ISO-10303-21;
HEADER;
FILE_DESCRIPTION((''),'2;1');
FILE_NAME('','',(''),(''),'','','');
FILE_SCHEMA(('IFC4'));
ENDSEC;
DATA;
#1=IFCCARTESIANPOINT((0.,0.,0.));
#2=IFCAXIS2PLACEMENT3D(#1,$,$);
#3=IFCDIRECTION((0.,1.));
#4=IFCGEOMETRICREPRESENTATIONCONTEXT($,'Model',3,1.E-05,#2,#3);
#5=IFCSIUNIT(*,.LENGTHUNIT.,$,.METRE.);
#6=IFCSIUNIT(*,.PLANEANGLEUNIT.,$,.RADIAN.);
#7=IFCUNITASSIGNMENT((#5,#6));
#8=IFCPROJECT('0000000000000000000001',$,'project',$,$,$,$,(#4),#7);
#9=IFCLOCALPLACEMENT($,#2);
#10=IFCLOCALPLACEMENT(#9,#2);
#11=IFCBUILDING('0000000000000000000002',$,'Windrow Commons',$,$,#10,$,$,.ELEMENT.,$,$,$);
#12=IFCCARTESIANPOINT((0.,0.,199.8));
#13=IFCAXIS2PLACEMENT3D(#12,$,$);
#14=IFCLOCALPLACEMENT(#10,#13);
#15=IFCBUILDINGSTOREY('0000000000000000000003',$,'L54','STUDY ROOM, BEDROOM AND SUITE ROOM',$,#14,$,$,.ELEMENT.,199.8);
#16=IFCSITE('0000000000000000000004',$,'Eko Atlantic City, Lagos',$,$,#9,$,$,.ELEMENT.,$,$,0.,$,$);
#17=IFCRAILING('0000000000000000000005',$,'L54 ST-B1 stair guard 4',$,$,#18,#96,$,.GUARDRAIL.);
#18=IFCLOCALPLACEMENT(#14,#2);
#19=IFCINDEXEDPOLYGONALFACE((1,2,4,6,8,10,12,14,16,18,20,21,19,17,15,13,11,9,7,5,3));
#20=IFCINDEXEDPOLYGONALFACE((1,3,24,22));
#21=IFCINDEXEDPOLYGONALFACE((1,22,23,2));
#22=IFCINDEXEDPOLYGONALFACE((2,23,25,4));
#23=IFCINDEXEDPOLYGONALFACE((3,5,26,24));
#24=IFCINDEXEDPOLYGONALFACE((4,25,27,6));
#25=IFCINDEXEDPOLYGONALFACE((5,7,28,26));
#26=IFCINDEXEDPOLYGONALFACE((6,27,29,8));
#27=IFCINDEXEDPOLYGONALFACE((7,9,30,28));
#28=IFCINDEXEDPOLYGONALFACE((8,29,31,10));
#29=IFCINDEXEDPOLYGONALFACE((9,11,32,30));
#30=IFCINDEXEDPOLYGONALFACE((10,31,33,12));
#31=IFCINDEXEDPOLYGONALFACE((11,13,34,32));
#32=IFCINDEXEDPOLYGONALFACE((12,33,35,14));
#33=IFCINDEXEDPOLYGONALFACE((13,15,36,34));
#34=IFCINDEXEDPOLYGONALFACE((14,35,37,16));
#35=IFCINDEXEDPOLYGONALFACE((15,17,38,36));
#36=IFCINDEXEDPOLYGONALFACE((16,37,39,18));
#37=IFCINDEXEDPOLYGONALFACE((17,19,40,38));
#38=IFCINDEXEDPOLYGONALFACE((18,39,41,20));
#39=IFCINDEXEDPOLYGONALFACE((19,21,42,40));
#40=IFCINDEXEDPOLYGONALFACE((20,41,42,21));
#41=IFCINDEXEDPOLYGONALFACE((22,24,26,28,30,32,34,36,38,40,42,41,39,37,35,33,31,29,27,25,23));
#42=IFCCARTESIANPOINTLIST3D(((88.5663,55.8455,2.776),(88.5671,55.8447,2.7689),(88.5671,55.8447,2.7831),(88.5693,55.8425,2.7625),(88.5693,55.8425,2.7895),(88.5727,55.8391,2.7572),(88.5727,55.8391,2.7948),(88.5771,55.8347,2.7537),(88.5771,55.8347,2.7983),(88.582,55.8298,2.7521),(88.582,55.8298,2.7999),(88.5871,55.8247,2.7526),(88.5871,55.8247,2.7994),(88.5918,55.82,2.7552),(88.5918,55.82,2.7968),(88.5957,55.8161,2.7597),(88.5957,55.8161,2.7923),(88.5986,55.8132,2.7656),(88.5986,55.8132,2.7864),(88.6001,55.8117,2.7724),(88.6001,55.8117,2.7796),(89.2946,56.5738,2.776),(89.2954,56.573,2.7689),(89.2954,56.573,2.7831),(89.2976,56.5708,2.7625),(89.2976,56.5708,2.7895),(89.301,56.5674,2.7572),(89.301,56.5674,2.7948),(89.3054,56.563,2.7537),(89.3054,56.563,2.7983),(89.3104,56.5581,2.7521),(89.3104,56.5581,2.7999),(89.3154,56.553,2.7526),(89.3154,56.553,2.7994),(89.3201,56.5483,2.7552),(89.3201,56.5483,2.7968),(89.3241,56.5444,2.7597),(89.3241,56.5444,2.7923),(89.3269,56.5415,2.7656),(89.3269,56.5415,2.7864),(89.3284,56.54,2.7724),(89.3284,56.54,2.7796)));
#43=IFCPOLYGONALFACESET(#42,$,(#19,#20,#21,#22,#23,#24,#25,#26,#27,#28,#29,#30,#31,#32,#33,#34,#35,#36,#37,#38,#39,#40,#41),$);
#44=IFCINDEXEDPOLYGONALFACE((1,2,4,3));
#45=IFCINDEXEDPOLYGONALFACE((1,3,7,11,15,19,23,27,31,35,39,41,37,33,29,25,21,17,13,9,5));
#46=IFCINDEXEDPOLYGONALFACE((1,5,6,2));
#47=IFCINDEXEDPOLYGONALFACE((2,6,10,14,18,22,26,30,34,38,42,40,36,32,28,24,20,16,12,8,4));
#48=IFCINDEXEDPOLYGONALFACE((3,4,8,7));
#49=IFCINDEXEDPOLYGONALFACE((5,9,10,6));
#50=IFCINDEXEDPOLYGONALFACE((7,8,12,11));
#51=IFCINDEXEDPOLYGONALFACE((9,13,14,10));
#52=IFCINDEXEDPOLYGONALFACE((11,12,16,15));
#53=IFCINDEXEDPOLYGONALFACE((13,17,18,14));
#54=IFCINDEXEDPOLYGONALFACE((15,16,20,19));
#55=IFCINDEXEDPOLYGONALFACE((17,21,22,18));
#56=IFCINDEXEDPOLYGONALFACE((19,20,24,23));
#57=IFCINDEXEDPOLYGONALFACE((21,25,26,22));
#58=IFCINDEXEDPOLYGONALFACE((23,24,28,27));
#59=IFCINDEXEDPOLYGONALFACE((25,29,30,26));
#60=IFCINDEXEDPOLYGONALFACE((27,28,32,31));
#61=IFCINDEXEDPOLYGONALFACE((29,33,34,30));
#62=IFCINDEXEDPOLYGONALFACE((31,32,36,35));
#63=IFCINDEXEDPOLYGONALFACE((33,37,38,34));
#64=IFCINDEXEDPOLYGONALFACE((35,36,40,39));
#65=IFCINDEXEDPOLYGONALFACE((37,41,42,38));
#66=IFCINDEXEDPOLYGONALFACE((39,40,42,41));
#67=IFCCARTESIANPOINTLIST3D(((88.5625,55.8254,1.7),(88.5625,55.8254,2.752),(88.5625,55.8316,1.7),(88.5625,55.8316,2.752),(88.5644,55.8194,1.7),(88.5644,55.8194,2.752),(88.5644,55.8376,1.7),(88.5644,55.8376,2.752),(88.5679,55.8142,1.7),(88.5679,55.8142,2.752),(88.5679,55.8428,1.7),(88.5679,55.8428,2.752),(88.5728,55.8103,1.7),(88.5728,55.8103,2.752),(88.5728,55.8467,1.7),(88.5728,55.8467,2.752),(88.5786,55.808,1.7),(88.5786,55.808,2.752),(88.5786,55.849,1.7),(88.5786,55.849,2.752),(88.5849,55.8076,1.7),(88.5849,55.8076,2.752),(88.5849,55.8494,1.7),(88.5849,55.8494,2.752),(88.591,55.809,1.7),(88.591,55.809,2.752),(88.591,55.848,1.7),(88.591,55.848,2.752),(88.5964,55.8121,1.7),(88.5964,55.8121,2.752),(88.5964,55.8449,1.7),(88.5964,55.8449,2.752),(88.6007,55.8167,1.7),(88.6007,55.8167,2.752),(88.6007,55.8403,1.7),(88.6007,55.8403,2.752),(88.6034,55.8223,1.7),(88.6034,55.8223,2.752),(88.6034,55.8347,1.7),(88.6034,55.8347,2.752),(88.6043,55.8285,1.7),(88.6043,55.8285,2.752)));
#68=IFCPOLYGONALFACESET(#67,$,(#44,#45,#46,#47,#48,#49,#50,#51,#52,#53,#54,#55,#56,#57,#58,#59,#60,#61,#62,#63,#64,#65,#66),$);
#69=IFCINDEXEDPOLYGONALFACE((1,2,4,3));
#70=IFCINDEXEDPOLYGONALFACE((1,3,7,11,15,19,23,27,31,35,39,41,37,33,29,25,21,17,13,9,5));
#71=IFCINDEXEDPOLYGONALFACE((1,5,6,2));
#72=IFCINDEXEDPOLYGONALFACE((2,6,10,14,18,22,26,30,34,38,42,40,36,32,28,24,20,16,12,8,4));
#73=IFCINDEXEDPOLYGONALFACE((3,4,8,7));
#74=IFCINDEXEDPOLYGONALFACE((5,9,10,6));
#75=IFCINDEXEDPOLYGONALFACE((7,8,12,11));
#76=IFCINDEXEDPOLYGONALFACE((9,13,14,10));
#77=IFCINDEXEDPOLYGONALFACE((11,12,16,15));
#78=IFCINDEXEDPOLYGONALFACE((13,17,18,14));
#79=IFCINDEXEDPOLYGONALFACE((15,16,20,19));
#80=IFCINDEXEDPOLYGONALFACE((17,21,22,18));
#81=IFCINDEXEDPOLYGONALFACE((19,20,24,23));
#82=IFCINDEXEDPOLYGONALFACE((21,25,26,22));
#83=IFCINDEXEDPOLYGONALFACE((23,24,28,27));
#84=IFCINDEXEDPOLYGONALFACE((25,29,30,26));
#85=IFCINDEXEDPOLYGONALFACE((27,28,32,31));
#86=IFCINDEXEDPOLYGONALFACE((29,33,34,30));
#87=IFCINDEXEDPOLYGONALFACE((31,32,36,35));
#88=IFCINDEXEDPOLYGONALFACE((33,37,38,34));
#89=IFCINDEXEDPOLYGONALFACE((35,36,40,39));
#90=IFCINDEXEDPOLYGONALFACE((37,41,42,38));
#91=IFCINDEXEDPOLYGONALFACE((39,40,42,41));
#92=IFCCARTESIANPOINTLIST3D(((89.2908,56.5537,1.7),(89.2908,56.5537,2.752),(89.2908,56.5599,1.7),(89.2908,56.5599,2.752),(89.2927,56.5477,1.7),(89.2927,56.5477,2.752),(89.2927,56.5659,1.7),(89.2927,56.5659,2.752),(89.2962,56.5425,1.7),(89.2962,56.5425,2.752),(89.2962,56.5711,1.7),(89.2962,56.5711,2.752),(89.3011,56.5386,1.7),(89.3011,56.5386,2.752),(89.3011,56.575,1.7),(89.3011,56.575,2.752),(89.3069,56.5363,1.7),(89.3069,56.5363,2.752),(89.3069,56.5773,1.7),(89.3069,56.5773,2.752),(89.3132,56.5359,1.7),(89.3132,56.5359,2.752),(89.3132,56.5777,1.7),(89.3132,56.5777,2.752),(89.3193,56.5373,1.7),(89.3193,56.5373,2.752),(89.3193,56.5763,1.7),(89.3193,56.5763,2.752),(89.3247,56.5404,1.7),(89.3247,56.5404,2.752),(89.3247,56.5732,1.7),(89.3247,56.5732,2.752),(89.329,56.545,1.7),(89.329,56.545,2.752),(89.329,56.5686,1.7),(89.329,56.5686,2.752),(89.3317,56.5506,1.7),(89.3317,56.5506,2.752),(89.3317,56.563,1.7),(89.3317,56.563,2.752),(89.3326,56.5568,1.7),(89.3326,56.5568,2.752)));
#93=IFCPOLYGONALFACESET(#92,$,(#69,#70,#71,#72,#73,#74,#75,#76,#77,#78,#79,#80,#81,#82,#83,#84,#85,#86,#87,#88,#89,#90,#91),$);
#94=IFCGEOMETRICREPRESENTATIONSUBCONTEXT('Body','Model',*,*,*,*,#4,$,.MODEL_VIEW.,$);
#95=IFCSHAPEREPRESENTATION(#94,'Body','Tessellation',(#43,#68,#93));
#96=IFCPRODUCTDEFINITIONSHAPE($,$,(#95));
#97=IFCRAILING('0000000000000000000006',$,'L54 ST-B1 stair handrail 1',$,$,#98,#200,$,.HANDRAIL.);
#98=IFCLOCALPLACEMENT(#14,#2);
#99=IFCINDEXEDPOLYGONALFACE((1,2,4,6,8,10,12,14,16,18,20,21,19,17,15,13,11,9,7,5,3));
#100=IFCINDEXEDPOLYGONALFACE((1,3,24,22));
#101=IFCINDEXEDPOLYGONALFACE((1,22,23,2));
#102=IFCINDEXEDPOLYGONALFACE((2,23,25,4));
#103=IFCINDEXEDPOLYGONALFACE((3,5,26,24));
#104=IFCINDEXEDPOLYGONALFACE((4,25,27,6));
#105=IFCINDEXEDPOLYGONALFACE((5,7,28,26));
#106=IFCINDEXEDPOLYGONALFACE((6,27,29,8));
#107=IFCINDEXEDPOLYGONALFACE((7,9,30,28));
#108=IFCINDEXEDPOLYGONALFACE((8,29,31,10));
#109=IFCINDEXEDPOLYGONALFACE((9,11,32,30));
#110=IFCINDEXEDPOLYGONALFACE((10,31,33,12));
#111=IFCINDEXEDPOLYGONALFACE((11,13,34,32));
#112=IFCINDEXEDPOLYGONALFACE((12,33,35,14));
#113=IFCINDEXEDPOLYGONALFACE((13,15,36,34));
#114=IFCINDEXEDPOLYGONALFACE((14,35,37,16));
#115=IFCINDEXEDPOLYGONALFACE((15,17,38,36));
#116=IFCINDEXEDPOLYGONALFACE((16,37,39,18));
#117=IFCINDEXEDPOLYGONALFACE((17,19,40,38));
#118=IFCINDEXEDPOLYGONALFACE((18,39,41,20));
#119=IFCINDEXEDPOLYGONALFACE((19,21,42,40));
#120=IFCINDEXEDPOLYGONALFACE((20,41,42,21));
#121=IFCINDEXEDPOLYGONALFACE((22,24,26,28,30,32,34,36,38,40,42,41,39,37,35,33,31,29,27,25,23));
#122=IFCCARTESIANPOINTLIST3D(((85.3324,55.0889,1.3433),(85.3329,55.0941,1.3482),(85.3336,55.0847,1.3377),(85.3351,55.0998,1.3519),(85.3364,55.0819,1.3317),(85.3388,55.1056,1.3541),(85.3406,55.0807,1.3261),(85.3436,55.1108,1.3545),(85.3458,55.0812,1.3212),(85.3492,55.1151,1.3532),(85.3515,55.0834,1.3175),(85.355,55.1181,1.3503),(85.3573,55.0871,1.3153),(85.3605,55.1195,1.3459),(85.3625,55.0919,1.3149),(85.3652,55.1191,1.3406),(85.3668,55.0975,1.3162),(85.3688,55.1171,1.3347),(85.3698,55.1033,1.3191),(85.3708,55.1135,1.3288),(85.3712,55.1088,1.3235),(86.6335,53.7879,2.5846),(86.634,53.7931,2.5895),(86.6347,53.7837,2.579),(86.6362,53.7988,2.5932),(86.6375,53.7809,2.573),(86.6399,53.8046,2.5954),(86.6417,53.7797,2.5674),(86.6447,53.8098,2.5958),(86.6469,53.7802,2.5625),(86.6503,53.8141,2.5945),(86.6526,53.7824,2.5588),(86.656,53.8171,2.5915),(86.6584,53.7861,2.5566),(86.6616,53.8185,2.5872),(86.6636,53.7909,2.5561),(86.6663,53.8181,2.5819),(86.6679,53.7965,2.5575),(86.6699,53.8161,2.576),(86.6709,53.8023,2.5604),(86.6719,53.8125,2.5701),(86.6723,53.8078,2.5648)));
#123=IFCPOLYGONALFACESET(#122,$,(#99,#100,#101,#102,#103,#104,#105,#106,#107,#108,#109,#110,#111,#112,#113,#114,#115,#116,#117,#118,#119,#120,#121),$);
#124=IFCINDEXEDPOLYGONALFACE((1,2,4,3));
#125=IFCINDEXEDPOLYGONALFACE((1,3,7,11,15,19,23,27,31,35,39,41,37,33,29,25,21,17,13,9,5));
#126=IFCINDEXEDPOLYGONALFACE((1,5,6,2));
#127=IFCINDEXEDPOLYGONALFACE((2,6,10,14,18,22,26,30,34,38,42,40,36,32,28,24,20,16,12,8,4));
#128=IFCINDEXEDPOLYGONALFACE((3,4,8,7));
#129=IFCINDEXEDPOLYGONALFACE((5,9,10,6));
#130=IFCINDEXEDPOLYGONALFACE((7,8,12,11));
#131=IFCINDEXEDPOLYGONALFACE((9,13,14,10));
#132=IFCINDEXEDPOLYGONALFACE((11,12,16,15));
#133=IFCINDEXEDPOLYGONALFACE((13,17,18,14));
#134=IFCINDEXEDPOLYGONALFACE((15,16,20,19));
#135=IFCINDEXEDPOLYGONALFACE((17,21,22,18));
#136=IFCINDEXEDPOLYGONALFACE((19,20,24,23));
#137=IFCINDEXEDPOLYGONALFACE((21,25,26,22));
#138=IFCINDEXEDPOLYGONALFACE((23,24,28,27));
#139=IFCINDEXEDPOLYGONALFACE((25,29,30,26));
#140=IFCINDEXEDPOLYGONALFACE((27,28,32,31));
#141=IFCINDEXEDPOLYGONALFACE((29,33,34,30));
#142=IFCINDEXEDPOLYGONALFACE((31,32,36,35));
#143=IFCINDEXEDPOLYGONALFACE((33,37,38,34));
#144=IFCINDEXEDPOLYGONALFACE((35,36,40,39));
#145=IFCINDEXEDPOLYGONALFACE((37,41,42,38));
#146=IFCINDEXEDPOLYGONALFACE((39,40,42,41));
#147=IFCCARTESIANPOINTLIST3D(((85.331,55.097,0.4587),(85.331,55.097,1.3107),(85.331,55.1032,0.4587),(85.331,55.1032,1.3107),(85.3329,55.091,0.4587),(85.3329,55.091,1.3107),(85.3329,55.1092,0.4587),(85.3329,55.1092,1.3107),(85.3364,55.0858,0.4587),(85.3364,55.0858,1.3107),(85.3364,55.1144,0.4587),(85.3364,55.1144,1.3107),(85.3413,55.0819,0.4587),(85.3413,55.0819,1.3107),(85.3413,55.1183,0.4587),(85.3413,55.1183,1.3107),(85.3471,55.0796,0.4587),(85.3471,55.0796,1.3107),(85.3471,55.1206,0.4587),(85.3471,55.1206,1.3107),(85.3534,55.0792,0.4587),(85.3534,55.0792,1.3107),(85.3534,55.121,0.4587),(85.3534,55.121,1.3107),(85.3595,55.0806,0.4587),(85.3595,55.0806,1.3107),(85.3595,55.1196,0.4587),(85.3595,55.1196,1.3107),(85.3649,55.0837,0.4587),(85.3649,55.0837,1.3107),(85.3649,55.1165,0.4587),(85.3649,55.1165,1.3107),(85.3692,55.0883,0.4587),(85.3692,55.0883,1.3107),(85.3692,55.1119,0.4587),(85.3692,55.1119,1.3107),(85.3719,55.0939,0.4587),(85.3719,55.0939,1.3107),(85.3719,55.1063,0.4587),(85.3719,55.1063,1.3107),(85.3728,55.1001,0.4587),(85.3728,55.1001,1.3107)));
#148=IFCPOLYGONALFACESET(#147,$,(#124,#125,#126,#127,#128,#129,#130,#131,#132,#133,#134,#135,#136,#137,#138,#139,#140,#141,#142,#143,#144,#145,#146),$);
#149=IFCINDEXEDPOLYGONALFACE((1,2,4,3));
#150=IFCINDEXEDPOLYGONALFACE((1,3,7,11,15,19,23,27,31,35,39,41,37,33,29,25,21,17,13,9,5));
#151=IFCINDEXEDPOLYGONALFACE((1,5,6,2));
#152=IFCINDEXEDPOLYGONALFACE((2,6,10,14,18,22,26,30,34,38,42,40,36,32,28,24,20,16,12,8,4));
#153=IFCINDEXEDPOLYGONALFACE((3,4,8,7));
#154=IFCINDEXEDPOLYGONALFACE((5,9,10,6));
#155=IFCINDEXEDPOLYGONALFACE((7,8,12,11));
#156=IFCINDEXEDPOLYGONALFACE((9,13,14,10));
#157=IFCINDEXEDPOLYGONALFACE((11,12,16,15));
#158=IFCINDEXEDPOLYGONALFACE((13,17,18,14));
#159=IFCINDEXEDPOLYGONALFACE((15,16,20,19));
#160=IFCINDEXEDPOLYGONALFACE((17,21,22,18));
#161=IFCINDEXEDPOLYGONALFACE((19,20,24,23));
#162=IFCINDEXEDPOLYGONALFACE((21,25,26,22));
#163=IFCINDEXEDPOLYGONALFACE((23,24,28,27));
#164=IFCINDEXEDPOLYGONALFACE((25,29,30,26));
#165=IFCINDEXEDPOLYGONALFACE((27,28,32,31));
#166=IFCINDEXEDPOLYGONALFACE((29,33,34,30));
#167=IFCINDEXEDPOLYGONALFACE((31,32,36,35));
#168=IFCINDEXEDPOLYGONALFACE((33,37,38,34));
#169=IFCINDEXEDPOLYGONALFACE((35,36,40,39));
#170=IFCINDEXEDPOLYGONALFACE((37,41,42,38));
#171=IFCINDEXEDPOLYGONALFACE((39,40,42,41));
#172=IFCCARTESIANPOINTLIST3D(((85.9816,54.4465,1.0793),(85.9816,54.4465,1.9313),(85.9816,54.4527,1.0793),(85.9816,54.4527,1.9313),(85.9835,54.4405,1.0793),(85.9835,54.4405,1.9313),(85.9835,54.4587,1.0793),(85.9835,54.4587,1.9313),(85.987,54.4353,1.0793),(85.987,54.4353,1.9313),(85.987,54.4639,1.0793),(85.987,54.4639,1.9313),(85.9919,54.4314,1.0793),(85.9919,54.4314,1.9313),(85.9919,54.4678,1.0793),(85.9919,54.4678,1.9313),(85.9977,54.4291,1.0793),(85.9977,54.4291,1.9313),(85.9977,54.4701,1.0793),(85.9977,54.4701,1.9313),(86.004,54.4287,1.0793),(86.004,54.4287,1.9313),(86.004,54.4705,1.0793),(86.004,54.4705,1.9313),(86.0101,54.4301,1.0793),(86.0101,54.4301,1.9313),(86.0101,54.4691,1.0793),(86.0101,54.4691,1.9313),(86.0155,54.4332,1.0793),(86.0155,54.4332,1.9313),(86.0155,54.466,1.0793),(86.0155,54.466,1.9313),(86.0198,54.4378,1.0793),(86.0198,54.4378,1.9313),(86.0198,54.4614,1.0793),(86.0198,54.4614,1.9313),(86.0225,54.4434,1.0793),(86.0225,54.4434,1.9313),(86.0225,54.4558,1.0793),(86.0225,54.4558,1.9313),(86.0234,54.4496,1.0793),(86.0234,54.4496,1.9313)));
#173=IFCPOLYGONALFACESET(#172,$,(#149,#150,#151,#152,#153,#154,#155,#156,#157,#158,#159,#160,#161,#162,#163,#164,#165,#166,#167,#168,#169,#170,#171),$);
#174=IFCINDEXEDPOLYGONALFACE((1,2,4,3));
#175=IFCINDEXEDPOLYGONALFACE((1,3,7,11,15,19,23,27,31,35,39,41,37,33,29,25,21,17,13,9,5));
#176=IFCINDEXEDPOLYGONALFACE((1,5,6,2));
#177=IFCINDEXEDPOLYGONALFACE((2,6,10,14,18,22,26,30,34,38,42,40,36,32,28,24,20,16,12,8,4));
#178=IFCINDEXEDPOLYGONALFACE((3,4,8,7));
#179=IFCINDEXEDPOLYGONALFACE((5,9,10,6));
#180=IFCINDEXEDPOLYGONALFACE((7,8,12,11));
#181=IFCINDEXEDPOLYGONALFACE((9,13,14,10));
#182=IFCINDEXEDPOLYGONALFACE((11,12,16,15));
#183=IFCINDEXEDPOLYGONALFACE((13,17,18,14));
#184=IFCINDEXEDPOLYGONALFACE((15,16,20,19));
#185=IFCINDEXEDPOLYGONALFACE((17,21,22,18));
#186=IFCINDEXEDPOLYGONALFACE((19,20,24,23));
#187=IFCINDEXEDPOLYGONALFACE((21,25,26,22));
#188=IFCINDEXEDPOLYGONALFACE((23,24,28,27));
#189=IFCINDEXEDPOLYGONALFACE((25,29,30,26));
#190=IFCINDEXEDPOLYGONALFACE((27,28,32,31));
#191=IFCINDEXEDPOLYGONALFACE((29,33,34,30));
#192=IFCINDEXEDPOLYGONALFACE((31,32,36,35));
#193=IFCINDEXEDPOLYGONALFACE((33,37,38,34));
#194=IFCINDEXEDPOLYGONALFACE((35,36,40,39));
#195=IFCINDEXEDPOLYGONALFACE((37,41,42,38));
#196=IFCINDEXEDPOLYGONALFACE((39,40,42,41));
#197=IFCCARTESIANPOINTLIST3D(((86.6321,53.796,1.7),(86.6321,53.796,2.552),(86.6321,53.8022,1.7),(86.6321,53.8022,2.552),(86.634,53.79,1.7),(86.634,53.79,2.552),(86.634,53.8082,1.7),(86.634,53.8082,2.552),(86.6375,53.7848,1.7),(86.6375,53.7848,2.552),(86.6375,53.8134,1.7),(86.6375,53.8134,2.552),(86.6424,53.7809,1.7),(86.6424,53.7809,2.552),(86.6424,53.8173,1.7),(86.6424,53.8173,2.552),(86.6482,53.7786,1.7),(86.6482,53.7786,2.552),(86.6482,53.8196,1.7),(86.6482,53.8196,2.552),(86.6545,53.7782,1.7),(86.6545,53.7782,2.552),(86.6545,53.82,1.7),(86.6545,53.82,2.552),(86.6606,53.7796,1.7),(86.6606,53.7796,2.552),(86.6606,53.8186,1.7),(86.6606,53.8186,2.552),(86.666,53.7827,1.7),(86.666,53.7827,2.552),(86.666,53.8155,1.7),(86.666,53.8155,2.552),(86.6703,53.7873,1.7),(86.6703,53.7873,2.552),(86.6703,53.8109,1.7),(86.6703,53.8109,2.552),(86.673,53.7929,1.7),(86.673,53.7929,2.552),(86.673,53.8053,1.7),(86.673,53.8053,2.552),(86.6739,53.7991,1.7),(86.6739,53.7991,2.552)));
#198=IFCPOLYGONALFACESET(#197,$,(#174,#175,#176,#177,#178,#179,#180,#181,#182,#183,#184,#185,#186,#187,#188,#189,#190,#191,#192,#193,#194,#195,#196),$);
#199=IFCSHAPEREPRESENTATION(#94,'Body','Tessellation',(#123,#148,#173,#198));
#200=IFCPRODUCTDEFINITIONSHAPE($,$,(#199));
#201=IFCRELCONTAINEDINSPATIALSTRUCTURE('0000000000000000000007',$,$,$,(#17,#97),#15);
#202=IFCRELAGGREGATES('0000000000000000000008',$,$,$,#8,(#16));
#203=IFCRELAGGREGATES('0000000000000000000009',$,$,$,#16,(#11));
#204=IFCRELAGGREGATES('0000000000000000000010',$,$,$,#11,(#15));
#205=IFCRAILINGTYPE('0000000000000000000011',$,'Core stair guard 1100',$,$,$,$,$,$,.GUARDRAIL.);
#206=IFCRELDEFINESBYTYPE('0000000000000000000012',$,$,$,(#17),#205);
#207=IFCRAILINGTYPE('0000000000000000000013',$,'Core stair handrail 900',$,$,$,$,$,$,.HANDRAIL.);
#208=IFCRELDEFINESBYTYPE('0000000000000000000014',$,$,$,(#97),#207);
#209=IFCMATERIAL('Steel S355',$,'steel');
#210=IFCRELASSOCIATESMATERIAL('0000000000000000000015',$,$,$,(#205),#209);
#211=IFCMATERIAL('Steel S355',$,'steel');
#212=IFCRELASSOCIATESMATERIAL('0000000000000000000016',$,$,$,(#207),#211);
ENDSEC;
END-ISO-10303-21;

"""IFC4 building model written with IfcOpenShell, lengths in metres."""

from ifc_helpers import new_model, si_unit, direction, frame, origin, origin_2d, place, context, subcontext, project, spatial, circle, extrude, material, type_object, element, save


model = new_model("IFC4")

# Units and contexts
model_context = context("Model", 3, precision=1e-05, world=origin(), true_north=direction((0.0, 1.0)))
body_context = subcontext(model_context, "Body", "Model", "MODEL_VIEW")
ifc_project = project(units=[si_unit("LENGTHUNIT", "METRE"), si_unit("PLANEANGLEUNIT", "RADIAN")], contexts=[model_context])

# Site, building, storey
site_placement = place(None, origin())
site = spatial("IfcSite", under=ifc_project, at=site_placement, Name="Eko Atlantic City, Lagos", CompositionType="ELEMENT", RefElevation=0.0)
building_placement = place(site_placement, origin())
building = spatial("IfcBuilding", under=site, at=building_placement, Name="Windrow Commons", CompositionType="ELEMENT")
storey_placement = place(building_placement, frame((0.0, 0.0, 199.8)))
storey = spatial("IfcBuildingStorey", under=building, at=storey_placement, Name="L54", Description="STUDY ROOM, BEDROOM AND SUITE ROOM", CompositionType="ELEMENT", Elevation=199.8)

# Railings
ifc_material_1 = material(Name="Steel S355", Category="steel")
railing_type_1 = type_object("IfcRailingType", Name="Core stair guard 1100", PredefinedType="GUARDRAIL", material=ifc_material_1)
railing_1_placement = place(storey_placement, frame((88.5833, 55.8285, 1.7)))
element("IfcRailing", 1, at=railing_1_placement, inside=storey, type_object=railing_type_1, Name="L54 ST-B1 stair guard 4", PredefinedType="GUARDRAIL", context=body_context, shape_type="SweptSolid", body=[
    extrude(circle(Radius=0.024, at=origin_2d()), frame((0.0, 0.0, 1.076), z_axis=(0.707107, 0.707107, 0.0), x_axis=(-0.707107, 0.707107, 0.0)), (0.0, 0.0, 1.0), 1.03),
    extrude(circle(Radius=0.021, at=origin_2d()), origin(), (0.0, 0.0, 1.0), 1.052),
    extrude(circle(Radius=0.021, at=origin_2d()), frame((0.7283, 0.7283, 0.0)), (0.0, 0.0, 1.0), 1.052),
])
ifc_material_2 = material(Name="Steel S355", Category="steel")
railing_type_2 = type_object("IfcRailingType", Name="Core stair handrail 900", PredefinedType="HANDRAIL", material=ifc_material_2)
railing_2_placement = place(storey_placement, frame((85.3518, 55.1001, 0.4587)))
element("IfcRailing", 2, at=railing_2_placement, inside=storey, type_object=railing_type_2, Name="L54 ST-B1 stair handrail 1", PredefinedType="HANDRAIL", context=body_context, shape_type="SweptSolid", body=[
    extrude(circle(Radius=0.024, at=origin_2d()), frame((0.0, 0.0, 0.876), z_axis=(0.586207, -0.586162, 0.559264), x_axis=(0.70708, 0.707134, 0.0)), (0.0, 0.0, 1.0), 2.2195),
    extrude(circle(Radius=0.021, at=origin_2d()), origin(), (0.0, 0.0, 1.0), 0.852),
    extrude(circle(Radius=0.021, at=origin_2d()), frame((0.6506, -0.6505, 0.6206)), (0.0, 0.0, 1.0), 0.852),
    extrude(circle(Radius=0.021, at=origin_2d()), frame((1.3011, -1.301, 1.2413)), (0.0, 0.0, 1.0), 0.852),
])

save(model, "model.ifc")
